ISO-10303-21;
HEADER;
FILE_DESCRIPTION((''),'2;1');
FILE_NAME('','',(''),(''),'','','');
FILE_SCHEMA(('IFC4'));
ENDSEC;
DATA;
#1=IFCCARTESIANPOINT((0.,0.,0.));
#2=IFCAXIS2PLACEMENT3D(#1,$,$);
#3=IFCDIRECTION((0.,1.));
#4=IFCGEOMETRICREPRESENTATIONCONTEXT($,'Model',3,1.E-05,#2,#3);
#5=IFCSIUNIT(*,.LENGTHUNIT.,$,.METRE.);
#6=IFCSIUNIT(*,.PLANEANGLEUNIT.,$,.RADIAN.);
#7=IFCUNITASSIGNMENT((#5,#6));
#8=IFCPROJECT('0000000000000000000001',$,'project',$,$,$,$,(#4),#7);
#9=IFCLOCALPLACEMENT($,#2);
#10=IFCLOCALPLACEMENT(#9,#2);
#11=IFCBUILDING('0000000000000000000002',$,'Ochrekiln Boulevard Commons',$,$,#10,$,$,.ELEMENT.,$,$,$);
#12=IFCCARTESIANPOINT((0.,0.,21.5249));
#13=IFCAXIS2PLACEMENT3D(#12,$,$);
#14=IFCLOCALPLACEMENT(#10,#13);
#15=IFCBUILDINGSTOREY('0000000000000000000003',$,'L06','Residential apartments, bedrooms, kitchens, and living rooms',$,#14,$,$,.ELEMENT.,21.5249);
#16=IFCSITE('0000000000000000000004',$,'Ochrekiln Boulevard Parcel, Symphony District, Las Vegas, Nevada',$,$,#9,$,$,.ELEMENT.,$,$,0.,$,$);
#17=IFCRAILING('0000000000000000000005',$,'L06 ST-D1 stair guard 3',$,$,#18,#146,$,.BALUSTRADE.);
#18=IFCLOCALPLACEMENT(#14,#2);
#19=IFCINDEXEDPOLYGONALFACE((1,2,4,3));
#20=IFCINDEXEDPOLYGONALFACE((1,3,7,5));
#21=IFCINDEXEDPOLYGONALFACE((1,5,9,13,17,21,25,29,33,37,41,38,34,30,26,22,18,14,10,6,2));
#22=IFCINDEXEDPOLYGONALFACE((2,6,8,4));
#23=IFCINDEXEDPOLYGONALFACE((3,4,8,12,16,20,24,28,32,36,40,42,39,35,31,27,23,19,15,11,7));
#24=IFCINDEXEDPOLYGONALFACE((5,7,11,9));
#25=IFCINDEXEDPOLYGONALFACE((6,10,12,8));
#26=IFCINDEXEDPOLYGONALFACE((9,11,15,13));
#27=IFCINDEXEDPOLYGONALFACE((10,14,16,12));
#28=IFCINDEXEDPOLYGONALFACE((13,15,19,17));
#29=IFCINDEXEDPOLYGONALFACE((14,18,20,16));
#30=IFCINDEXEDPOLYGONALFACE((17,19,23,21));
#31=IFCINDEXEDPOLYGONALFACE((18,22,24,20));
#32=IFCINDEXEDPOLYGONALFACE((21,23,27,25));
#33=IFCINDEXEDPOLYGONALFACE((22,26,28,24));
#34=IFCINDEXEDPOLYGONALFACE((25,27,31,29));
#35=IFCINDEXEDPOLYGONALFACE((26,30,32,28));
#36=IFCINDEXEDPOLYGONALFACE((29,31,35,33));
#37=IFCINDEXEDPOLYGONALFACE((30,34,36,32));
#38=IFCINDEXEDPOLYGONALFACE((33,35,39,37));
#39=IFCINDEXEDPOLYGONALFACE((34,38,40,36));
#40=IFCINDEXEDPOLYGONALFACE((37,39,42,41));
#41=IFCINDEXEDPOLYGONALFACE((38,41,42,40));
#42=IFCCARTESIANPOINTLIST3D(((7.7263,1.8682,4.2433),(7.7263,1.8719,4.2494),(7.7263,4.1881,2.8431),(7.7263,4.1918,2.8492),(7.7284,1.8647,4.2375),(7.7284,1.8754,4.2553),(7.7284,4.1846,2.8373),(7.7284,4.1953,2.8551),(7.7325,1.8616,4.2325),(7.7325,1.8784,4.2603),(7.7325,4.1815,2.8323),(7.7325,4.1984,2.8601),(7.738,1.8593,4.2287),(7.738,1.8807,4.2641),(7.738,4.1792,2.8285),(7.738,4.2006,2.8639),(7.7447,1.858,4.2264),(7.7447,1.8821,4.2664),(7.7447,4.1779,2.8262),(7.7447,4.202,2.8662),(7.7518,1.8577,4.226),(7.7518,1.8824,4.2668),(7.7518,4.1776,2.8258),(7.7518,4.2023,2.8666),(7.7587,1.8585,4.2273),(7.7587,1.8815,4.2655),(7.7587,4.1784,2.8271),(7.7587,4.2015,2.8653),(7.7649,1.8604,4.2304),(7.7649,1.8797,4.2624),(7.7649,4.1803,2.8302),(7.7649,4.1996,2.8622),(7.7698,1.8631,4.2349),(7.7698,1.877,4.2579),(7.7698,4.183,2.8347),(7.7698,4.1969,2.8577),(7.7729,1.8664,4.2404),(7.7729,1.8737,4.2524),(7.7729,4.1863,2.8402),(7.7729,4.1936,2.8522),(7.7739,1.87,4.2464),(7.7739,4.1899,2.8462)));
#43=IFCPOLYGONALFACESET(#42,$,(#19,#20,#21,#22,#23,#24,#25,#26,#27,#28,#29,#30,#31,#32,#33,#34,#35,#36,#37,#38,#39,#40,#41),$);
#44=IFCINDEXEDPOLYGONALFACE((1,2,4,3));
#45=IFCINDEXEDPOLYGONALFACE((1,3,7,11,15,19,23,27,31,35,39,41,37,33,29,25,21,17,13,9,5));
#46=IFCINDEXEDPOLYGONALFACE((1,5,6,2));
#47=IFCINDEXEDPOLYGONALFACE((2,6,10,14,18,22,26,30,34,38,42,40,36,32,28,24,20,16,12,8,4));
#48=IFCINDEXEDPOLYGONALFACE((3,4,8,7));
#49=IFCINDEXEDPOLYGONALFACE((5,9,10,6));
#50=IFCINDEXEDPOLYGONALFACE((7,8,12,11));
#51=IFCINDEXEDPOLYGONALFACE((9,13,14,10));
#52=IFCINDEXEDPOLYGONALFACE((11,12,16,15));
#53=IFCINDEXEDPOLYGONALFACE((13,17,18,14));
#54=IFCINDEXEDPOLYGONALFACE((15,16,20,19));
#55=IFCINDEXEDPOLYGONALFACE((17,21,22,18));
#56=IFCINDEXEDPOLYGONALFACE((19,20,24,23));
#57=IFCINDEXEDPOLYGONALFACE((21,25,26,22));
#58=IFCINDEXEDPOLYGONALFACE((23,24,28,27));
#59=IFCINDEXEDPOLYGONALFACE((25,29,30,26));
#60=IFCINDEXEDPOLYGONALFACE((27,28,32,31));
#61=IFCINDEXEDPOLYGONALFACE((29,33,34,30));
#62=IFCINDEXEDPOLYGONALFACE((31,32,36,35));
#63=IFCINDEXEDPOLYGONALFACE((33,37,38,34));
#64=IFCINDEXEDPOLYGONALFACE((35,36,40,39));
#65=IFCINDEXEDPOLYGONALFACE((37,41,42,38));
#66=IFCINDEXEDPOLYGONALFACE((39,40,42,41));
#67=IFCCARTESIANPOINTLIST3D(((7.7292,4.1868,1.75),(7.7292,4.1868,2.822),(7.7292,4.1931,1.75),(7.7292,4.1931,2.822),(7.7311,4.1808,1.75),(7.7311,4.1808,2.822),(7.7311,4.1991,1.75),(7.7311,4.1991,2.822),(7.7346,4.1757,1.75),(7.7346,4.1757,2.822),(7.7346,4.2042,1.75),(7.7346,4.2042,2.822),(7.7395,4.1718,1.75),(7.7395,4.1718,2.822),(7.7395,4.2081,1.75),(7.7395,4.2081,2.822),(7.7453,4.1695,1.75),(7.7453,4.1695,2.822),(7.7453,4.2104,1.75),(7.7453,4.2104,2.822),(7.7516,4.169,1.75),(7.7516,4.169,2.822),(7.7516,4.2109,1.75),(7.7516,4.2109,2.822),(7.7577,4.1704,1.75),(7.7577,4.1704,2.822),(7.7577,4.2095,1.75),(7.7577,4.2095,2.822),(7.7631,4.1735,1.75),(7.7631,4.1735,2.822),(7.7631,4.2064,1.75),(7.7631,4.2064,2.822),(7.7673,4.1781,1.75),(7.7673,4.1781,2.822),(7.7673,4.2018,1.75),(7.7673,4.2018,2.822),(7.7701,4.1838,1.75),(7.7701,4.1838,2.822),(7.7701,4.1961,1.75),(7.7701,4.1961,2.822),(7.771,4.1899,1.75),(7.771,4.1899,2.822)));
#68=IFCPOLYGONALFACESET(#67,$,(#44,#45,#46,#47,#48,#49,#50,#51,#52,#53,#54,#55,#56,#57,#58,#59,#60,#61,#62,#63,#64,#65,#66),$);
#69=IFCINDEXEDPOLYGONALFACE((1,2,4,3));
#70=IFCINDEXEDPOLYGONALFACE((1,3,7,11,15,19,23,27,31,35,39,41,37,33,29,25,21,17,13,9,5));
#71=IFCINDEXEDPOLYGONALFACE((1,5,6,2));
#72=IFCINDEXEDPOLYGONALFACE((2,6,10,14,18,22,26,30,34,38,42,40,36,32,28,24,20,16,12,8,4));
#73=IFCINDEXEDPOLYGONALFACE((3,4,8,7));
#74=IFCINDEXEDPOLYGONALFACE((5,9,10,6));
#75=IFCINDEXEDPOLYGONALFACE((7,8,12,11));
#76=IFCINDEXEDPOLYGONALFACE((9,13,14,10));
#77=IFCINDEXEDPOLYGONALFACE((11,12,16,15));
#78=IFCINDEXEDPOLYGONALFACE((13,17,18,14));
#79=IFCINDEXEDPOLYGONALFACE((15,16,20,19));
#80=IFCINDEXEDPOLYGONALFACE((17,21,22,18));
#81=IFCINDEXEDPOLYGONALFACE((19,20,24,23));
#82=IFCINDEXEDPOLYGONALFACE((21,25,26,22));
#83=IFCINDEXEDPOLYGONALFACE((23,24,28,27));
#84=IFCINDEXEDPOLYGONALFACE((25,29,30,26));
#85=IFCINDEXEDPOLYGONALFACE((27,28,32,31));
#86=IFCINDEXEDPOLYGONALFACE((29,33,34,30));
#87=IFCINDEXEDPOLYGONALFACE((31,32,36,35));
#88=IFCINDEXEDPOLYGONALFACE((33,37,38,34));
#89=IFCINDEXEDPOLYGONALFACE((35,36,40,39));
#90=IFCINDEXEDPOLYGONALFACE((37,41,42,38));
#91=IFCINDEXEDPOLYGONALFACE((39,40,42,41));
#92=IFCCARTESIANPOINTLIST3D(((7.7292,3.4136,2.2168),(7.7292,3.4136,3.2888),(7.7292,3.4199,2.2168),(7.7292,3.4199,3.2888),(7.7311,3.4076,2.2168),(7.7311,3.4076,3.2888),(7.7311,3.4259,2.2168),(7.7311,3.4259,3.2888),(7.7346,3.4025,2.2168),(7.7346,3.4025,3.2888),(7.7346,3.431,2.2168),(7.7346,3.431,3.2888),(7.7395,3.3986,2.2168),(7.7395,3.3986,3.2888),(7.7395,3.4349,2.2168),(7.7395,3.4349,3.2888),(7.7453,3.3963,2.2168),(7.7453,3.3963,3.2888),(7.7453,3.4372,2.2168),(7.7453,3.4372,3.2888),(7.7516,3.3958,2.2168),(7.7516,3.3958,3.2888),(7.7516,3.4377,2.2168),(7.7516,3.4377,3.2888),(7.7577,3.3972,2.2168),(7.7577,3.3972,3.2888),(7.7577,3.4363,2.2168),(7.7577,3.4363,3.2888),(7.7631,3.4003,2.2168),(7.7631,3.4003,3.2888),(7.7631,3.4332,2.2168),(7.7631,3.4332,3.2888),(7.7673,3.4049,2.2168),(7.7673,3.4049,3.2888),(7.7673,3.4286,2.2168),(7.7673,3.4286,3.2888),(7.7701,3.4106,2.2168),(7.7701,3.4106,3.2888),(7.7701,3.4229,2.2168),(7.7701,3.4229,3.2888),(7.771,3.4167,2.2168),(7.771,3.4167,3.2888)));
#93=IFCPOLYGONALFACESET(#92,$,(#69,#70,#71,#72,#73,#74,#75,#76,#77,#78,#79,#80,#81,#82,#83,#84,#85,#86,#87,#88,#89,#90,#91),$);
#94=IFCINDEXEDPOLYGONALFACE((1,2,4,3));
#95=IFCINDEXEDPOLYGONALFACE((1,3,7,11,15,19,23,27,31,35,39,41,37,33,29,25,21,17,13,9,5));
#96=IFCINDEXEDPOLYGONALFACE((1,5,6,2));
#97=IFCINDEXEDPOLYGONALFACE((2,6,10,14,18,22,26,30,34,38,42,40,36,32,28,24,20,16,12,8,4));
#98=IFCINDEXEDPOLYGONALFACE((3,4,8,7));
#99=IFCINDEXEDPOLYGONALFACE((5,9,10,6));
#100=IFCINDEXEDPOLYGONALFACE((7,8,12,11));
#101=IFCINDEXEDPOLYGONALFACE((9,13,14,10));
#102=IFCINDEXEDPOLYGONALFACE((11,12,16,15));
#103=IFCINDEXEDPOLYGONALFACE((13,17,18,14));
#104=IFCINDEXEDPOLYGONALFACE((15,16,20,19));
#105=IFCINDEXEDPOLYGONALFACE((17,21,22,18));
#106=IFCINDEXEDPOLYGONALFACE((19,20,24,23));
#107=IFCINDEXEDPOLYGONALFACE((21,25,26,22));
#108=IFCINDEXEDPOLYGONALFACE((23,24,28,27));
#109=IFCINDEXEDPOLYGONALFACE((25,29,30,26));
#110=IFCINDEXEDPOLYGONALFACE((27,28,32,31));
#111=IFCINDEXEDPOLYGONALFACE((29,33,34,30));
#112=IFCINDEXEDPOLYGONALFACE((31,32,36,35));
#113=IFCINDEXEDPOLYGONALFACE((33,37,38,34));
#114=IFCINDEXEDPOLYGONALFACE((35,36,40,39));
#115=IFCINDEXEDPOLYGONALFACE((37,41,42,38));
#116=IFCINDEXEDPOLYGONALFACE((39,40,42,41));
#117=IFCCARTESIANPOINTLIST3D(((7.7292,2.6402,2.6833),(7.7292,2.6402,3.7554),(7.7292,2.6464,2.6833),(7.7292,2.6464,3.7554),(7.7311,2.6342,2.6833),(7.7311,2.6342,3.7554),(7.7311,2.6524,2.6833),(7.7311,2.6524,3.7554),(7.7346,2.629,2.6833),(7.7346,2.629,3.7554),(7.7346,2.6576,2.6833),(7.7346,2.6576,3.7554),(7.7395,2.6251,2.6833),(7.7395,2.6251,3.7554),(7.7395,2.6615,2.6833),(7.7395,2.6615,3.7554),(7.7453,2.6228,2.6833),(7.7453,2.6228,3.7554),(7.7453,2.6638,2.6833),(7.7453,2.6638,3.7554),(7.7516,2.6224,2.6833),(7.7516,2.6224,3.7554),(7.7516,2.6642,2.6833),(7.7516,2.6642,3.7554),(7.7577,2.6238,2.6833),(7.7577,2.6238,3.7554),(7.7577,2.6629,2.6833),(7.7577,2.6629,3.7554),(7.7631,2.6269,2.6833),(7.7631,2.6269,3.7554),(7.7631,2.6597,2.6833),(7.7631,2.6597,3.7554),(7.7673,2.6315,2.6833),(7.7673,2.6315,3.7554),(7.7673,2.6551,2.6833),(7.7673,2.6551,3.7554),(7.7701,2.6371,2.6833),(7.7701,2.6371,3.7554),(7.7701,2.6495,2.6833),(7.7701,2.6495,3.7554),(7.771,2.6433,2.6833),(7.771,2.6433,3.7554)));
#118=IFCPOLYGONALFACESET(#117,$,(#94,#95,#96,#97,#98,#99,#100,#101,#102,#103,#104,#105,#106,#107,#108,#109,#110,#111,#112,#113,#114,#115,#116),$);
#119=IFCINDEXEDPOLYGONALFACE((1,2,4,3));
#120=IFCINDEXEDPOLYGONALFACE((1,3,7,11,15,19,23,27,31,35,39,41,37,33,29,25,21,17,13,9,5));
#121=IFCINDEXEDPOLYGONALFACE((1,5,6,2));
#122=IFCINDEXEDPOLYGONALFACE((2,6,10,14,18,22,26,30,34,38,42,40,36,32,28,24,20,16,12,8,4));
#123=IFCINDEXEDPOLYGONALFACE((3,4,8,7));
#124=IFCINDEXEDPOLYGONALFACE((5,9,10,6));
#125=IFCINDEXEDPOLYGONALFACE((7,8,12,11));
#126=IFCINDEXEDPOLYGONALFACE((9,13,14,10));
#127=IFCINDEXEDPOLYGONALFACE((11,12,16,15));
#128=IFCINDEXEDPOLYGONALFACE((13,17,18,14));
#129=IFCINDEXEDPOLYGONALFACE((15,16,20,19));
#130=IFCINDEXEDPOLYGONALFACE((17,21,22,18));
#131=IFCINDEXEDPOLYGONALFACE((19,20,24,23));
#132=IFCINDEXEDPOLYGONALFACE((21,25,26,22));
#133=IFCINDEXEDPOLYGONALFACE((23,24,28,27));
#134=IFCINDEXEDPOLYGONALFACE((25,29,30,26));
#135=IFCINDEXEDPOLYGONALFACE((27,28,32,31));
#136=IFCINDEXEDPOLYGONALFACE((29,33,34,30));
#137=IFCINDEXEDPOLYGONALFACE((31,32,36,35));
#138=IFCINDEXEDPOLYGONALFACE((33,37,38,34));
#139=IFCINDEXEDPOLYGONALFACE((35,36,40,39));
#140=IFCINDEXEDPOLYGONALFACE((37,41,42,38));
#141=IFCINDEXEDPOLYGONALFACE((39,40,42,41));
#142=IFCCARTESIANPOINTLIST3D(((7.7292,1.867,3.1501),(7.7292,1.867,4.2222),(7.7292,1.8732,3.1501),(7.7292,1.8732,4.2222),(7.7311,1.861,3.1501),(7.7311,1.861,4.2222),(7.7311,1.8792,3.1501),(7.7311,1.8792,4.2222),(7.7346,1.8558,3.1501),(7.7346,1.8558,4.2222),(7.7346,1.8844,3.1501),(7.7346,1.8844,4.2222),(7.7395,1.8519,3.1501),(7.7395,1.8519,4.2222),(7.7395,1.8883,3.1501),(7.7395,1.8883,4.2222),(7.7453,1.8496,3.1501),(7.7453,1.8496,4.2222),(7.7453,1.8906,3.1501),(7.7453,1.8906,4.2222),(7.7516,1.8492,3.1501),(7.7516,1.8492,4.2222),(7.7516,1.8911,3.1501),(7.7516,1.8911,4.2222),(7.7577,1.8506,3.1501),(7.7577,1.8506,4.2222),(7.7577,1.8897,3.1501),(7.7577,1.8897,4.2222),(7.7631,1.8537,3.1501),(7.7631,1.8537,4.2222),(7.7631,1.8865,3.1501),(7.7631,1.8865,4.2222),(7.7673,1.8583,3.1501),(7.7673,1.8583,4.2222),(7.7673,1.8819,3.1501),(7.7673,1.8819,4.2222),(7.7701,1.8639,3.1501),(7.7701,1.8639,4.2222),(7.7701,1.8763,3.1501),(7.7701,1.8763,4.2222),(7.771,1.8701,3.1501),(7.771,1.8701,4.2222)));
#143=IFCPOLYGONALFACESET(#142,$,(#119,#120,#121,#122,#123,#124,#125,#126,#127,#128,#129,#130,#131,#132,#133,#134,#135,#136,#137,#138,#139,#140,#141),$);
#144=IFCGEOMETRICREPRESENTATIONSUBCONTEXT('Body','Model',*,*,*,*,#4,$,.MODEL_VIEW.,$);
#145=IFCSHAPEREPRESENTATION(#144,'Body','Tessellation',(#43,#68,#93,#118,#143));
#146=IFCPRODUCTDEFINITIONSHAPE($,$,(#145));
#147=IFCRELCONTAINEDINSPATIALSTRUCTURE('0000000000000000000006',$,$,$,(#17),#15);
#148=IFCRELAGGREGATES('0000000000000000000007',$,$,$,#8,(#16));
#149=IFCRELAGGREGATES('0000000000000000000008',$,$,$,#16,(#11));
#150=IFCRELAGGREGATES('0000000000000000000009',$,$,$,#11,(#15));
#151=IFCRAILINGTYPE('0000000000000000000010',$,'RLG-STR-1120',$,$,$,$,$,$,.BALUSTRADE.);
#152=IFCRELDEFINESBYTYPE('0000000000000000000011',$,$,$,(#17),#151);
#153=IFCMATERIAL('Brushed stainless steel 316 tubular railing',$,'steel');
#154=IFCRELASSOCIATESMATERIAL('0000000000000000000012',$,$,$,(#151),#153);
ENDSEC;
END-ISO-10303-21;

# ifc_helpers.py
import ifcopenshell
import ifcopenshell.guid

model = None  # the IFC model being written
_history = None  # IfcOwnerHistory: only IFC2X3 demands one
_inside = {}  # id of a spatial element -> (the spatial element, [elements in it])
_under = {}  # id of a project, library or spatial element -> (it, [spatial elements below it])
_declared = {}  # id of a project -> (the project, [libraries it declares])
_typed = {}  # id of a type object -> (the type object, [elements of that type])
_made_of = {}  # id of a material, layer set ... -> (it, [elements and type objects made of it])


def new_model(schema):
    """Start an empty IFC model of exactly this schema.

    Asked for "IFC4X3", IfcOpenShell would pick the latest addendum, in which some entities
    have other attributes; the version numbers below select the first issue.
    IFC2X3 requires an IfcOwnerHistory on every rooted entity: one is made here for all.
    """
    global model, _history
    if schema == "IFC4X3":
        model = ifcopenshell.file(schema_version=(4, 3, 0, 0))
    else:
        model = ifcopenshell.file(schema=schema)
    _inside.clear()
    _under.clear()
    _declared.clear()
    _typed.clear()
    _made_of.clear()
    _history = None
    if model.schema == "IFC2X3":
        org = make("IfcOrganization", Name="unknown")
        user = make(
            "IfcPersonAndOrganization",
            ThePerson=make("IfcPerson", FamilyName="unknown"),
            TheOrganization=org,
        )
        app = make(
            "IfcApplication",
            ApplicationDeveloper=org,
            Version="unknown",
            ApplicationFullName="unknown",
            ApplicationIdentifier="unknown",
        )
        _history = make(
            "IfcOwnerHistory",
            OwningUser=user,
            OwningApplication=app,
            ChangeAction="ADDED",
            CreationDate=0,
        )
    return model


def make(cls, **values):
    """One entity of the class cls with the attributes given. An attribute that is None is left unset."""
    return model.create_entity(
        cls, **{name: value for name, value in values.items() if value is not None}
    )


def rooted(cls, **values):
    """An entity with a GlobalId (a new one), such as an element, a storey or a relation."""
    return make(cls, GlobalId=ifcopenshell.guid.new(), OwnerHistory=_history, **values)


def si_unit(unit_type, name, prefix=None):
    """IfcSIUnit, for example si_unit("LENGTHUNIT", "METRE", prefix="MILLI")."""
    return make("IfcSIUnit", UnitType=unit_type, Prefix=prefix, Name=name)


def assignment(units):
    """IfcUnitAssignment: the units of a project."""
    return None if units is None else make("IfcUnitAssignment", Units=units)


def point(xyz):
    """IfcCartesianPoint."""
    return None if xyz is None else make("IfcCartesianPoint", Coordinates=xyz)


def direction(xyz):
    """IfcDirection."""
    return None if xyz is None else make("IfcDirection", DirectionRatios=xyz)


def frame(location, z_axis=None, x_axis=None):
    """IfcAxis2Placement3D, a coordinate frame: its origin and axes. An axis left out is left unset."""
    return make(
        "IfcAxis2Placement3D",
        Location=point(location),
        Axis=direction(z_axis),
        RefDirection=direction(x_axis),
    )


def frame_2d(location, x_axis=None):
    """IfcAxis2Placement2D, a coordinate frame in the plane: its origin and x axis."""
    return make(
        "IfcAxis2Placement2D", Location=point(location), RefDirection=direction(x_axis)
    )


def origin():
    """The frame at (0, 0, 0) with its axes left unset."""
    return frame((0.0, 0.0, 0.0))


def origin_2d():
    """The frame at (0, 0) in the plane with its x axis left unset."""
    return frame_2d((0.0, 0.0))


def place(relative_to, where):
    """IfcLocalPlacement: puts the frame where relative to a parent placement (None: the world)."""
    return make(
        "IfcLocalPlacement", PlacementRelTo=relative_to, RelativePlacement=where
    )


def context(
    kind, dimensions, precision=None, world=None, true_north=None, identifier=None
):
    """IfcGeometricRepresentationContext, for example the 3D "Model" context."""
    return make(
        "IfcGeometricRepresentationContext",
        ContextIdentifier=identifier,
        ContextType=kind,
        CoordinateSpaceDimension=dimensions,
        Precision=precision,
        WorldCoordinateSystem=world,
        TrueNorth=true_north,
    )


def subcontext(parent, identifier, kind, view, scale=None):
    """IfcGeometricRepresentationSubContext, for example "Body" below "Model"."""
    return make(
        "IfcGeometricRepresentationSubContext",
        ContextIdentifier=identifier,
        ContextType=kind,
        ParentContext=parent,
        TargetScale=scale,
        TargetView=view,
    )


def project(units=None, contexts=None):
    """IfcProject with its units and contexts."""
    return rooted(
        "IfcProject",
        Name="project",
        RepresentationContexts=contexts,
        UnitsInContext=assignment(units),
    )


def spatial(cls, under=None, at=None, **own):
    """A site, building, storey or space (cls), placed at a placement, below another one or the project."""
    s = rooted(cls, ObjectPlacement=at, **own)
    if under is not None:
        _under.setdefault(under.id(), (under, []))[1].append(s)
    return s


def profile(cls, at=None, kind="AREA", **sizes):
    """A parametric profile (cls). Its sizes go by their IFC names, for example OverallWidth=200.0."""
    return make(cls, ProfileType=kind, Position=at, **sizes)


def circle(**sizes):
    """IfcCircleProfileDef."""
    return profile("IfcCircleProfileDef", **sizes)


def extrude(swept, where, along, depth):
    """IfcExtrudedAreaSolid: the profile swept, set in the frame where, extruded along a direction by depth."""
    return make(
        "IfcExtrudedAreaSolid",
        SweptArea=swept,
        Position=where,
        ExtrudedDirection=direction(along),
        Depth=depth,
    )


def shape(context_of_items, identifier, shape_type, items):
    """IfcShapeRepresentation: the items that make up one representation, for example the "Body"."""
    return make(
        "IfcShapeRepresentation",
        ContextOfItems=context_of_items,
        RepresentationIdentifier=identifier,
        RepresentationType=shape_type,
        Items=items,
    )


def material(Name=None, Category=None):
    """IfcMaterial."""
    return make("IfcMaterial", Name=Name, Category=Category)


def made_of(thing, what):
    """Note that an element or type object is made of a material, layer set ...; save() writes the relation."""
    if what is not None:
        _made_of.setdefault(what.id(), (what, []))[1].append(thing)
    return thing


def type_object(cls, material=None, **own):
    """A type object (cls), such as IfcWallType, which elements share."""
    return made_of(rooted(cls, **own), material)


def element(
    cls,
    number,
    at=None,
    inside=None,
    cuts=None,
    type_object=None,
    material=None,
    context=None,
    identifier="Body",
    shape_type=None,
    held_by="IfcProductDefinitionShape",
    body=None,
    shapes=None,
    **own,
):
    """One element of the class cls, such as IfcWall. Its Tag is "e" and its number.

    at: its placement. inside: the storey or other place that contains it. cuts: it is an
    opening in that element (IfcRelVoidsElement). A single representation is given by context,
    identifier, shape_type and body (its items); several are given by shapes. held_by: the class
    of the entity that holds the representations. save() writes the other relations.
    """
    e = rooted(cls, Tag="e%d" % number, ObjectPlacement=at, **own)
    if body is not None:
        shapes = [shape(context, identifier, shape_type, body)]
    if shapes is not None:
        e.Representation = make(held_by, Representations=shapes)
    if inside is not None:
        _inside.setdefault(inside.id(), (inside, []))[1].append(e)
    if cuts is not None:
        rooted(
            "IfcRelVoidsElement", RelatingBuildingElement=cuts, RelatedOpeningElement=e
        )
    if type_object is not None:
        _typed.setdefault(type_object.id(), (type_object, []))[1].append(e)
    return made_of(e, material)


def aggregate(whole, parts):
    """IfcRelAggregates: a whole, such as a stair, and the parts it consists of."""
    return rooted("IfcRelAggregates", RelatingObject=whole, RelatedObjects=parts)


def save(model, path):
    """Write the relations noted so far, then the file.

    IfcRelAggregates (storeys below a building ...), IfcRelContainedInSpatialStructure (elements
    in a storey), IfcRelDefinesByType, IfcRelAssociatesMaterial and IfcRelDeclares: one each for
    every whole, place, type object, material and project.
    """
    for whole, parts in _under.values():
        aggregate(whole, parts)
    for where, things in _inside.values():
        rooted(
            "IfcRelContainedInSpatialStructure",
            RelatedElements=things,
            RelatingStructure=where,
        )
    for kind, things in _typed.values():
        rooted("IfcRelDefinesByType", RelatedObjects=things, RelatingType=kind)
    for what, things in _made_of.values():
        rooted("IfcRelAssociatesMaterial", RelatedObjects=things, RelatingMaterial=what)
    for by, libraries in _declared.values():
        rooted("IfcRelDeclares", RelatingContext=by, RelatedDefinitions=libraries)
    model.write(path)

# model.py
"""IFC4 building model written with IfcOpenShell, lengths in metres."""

from ifc_helpers import new_model, si_unit, direction, frame, origin, origin_2d, place, context, subcontext, project, spatial, circle, extrude, material, type_object, element, save


model = new_model("IFC4")

# Units and contexts
model_context = context("Model", 3, precision=1e-05, world=origin(), true_north=direction((0.0, 1.0)))
body_context = subcontext(model_context, "Body", "Model", "MODEL_VIEW")
ifc_project = project(units=[si_unit("LENGTHUNIT", "METRE"), si_unit("PLANEANGLEUNIT", "RADIAN")], contexts=[model_context])

# Site, building, storey
site_placement = place(None, origin())
site = spatial("IfcSite", under=ifc_project, at=site_placement, Name="Ochrekiln Boulevard Parcel, Symphony District, Las Vegas, Nevada", CompositionType="ELEMENT", RefElevation=0.0)
building_placement = place(site_placement, origin())
building = spatial("IfcBuilding", under=site, at=building_placement, Name="Ochrekiln Boulevard Commons", CompositionType="ELEMENT")
storey_placement = place(building_placement, frame((0.0, 0.0, 21.5249)))
storey = spatial("IfcBuildingStorey", under=building, at=storey_placement, Name="L06", Description="Residential apartments, bedrooms, kitchens, and living rooms", CompositionType="ELEMENT", Elevation=21.5249)

# Railing
ifc_material_1 = material(Name="Brushed stainless steel 316 tubular railing", Category="steel")
railing_type_1 = type_object("IfcRailingType", Name="RLG-STR-1120", PredefinedType="BALUSTRADE", material=ifc_material_1)
railing_1_placement = place(storey_placement, frame((7.75, 4.1899, 1.75)))
element("IfcRailing", 1, at=railing_1_placement, inside=storey, type_object=railing_type_1, Name="L06 ST-D1 stair guard 3", PredefinedType="BALUSTRADE", context=body_context, shape_type="SweptSolid", body=[
    extrude(circle(Radius=0.0239, at=origin_2d()), frame((0.0, 0.0, 1.0962), z_axis=(0.0, -0.856146, 0.516733), x_axis=(1.0, 0.0, 0.0)), (0.0, 0.0, 1.0), 2.7097),
    extrude(circle(Radius=0.021, at=origin_2d()), origin(), (0.0, 0.0, 1.0), 1.072),
    extrude(circle(Radius=0.021, at=origin_2d()), frame((0.0, -0.7732, 0.4668)), (0.0, 0.0, 1.0), 1.072),
    extrude(circle(Radius=0.021, at=origin_2d()), frame((0.0, -1.5466, 0.9333)), (0.0, 0.0, 1.0), 1.072),
    extrude(circle(Radius=0.021, at=origin_2d()), frame((0.0, -2.3198, 1.4001)), (0.0, 0.0, 1.0), 1.072),
])

save(model, "model.ifc")
